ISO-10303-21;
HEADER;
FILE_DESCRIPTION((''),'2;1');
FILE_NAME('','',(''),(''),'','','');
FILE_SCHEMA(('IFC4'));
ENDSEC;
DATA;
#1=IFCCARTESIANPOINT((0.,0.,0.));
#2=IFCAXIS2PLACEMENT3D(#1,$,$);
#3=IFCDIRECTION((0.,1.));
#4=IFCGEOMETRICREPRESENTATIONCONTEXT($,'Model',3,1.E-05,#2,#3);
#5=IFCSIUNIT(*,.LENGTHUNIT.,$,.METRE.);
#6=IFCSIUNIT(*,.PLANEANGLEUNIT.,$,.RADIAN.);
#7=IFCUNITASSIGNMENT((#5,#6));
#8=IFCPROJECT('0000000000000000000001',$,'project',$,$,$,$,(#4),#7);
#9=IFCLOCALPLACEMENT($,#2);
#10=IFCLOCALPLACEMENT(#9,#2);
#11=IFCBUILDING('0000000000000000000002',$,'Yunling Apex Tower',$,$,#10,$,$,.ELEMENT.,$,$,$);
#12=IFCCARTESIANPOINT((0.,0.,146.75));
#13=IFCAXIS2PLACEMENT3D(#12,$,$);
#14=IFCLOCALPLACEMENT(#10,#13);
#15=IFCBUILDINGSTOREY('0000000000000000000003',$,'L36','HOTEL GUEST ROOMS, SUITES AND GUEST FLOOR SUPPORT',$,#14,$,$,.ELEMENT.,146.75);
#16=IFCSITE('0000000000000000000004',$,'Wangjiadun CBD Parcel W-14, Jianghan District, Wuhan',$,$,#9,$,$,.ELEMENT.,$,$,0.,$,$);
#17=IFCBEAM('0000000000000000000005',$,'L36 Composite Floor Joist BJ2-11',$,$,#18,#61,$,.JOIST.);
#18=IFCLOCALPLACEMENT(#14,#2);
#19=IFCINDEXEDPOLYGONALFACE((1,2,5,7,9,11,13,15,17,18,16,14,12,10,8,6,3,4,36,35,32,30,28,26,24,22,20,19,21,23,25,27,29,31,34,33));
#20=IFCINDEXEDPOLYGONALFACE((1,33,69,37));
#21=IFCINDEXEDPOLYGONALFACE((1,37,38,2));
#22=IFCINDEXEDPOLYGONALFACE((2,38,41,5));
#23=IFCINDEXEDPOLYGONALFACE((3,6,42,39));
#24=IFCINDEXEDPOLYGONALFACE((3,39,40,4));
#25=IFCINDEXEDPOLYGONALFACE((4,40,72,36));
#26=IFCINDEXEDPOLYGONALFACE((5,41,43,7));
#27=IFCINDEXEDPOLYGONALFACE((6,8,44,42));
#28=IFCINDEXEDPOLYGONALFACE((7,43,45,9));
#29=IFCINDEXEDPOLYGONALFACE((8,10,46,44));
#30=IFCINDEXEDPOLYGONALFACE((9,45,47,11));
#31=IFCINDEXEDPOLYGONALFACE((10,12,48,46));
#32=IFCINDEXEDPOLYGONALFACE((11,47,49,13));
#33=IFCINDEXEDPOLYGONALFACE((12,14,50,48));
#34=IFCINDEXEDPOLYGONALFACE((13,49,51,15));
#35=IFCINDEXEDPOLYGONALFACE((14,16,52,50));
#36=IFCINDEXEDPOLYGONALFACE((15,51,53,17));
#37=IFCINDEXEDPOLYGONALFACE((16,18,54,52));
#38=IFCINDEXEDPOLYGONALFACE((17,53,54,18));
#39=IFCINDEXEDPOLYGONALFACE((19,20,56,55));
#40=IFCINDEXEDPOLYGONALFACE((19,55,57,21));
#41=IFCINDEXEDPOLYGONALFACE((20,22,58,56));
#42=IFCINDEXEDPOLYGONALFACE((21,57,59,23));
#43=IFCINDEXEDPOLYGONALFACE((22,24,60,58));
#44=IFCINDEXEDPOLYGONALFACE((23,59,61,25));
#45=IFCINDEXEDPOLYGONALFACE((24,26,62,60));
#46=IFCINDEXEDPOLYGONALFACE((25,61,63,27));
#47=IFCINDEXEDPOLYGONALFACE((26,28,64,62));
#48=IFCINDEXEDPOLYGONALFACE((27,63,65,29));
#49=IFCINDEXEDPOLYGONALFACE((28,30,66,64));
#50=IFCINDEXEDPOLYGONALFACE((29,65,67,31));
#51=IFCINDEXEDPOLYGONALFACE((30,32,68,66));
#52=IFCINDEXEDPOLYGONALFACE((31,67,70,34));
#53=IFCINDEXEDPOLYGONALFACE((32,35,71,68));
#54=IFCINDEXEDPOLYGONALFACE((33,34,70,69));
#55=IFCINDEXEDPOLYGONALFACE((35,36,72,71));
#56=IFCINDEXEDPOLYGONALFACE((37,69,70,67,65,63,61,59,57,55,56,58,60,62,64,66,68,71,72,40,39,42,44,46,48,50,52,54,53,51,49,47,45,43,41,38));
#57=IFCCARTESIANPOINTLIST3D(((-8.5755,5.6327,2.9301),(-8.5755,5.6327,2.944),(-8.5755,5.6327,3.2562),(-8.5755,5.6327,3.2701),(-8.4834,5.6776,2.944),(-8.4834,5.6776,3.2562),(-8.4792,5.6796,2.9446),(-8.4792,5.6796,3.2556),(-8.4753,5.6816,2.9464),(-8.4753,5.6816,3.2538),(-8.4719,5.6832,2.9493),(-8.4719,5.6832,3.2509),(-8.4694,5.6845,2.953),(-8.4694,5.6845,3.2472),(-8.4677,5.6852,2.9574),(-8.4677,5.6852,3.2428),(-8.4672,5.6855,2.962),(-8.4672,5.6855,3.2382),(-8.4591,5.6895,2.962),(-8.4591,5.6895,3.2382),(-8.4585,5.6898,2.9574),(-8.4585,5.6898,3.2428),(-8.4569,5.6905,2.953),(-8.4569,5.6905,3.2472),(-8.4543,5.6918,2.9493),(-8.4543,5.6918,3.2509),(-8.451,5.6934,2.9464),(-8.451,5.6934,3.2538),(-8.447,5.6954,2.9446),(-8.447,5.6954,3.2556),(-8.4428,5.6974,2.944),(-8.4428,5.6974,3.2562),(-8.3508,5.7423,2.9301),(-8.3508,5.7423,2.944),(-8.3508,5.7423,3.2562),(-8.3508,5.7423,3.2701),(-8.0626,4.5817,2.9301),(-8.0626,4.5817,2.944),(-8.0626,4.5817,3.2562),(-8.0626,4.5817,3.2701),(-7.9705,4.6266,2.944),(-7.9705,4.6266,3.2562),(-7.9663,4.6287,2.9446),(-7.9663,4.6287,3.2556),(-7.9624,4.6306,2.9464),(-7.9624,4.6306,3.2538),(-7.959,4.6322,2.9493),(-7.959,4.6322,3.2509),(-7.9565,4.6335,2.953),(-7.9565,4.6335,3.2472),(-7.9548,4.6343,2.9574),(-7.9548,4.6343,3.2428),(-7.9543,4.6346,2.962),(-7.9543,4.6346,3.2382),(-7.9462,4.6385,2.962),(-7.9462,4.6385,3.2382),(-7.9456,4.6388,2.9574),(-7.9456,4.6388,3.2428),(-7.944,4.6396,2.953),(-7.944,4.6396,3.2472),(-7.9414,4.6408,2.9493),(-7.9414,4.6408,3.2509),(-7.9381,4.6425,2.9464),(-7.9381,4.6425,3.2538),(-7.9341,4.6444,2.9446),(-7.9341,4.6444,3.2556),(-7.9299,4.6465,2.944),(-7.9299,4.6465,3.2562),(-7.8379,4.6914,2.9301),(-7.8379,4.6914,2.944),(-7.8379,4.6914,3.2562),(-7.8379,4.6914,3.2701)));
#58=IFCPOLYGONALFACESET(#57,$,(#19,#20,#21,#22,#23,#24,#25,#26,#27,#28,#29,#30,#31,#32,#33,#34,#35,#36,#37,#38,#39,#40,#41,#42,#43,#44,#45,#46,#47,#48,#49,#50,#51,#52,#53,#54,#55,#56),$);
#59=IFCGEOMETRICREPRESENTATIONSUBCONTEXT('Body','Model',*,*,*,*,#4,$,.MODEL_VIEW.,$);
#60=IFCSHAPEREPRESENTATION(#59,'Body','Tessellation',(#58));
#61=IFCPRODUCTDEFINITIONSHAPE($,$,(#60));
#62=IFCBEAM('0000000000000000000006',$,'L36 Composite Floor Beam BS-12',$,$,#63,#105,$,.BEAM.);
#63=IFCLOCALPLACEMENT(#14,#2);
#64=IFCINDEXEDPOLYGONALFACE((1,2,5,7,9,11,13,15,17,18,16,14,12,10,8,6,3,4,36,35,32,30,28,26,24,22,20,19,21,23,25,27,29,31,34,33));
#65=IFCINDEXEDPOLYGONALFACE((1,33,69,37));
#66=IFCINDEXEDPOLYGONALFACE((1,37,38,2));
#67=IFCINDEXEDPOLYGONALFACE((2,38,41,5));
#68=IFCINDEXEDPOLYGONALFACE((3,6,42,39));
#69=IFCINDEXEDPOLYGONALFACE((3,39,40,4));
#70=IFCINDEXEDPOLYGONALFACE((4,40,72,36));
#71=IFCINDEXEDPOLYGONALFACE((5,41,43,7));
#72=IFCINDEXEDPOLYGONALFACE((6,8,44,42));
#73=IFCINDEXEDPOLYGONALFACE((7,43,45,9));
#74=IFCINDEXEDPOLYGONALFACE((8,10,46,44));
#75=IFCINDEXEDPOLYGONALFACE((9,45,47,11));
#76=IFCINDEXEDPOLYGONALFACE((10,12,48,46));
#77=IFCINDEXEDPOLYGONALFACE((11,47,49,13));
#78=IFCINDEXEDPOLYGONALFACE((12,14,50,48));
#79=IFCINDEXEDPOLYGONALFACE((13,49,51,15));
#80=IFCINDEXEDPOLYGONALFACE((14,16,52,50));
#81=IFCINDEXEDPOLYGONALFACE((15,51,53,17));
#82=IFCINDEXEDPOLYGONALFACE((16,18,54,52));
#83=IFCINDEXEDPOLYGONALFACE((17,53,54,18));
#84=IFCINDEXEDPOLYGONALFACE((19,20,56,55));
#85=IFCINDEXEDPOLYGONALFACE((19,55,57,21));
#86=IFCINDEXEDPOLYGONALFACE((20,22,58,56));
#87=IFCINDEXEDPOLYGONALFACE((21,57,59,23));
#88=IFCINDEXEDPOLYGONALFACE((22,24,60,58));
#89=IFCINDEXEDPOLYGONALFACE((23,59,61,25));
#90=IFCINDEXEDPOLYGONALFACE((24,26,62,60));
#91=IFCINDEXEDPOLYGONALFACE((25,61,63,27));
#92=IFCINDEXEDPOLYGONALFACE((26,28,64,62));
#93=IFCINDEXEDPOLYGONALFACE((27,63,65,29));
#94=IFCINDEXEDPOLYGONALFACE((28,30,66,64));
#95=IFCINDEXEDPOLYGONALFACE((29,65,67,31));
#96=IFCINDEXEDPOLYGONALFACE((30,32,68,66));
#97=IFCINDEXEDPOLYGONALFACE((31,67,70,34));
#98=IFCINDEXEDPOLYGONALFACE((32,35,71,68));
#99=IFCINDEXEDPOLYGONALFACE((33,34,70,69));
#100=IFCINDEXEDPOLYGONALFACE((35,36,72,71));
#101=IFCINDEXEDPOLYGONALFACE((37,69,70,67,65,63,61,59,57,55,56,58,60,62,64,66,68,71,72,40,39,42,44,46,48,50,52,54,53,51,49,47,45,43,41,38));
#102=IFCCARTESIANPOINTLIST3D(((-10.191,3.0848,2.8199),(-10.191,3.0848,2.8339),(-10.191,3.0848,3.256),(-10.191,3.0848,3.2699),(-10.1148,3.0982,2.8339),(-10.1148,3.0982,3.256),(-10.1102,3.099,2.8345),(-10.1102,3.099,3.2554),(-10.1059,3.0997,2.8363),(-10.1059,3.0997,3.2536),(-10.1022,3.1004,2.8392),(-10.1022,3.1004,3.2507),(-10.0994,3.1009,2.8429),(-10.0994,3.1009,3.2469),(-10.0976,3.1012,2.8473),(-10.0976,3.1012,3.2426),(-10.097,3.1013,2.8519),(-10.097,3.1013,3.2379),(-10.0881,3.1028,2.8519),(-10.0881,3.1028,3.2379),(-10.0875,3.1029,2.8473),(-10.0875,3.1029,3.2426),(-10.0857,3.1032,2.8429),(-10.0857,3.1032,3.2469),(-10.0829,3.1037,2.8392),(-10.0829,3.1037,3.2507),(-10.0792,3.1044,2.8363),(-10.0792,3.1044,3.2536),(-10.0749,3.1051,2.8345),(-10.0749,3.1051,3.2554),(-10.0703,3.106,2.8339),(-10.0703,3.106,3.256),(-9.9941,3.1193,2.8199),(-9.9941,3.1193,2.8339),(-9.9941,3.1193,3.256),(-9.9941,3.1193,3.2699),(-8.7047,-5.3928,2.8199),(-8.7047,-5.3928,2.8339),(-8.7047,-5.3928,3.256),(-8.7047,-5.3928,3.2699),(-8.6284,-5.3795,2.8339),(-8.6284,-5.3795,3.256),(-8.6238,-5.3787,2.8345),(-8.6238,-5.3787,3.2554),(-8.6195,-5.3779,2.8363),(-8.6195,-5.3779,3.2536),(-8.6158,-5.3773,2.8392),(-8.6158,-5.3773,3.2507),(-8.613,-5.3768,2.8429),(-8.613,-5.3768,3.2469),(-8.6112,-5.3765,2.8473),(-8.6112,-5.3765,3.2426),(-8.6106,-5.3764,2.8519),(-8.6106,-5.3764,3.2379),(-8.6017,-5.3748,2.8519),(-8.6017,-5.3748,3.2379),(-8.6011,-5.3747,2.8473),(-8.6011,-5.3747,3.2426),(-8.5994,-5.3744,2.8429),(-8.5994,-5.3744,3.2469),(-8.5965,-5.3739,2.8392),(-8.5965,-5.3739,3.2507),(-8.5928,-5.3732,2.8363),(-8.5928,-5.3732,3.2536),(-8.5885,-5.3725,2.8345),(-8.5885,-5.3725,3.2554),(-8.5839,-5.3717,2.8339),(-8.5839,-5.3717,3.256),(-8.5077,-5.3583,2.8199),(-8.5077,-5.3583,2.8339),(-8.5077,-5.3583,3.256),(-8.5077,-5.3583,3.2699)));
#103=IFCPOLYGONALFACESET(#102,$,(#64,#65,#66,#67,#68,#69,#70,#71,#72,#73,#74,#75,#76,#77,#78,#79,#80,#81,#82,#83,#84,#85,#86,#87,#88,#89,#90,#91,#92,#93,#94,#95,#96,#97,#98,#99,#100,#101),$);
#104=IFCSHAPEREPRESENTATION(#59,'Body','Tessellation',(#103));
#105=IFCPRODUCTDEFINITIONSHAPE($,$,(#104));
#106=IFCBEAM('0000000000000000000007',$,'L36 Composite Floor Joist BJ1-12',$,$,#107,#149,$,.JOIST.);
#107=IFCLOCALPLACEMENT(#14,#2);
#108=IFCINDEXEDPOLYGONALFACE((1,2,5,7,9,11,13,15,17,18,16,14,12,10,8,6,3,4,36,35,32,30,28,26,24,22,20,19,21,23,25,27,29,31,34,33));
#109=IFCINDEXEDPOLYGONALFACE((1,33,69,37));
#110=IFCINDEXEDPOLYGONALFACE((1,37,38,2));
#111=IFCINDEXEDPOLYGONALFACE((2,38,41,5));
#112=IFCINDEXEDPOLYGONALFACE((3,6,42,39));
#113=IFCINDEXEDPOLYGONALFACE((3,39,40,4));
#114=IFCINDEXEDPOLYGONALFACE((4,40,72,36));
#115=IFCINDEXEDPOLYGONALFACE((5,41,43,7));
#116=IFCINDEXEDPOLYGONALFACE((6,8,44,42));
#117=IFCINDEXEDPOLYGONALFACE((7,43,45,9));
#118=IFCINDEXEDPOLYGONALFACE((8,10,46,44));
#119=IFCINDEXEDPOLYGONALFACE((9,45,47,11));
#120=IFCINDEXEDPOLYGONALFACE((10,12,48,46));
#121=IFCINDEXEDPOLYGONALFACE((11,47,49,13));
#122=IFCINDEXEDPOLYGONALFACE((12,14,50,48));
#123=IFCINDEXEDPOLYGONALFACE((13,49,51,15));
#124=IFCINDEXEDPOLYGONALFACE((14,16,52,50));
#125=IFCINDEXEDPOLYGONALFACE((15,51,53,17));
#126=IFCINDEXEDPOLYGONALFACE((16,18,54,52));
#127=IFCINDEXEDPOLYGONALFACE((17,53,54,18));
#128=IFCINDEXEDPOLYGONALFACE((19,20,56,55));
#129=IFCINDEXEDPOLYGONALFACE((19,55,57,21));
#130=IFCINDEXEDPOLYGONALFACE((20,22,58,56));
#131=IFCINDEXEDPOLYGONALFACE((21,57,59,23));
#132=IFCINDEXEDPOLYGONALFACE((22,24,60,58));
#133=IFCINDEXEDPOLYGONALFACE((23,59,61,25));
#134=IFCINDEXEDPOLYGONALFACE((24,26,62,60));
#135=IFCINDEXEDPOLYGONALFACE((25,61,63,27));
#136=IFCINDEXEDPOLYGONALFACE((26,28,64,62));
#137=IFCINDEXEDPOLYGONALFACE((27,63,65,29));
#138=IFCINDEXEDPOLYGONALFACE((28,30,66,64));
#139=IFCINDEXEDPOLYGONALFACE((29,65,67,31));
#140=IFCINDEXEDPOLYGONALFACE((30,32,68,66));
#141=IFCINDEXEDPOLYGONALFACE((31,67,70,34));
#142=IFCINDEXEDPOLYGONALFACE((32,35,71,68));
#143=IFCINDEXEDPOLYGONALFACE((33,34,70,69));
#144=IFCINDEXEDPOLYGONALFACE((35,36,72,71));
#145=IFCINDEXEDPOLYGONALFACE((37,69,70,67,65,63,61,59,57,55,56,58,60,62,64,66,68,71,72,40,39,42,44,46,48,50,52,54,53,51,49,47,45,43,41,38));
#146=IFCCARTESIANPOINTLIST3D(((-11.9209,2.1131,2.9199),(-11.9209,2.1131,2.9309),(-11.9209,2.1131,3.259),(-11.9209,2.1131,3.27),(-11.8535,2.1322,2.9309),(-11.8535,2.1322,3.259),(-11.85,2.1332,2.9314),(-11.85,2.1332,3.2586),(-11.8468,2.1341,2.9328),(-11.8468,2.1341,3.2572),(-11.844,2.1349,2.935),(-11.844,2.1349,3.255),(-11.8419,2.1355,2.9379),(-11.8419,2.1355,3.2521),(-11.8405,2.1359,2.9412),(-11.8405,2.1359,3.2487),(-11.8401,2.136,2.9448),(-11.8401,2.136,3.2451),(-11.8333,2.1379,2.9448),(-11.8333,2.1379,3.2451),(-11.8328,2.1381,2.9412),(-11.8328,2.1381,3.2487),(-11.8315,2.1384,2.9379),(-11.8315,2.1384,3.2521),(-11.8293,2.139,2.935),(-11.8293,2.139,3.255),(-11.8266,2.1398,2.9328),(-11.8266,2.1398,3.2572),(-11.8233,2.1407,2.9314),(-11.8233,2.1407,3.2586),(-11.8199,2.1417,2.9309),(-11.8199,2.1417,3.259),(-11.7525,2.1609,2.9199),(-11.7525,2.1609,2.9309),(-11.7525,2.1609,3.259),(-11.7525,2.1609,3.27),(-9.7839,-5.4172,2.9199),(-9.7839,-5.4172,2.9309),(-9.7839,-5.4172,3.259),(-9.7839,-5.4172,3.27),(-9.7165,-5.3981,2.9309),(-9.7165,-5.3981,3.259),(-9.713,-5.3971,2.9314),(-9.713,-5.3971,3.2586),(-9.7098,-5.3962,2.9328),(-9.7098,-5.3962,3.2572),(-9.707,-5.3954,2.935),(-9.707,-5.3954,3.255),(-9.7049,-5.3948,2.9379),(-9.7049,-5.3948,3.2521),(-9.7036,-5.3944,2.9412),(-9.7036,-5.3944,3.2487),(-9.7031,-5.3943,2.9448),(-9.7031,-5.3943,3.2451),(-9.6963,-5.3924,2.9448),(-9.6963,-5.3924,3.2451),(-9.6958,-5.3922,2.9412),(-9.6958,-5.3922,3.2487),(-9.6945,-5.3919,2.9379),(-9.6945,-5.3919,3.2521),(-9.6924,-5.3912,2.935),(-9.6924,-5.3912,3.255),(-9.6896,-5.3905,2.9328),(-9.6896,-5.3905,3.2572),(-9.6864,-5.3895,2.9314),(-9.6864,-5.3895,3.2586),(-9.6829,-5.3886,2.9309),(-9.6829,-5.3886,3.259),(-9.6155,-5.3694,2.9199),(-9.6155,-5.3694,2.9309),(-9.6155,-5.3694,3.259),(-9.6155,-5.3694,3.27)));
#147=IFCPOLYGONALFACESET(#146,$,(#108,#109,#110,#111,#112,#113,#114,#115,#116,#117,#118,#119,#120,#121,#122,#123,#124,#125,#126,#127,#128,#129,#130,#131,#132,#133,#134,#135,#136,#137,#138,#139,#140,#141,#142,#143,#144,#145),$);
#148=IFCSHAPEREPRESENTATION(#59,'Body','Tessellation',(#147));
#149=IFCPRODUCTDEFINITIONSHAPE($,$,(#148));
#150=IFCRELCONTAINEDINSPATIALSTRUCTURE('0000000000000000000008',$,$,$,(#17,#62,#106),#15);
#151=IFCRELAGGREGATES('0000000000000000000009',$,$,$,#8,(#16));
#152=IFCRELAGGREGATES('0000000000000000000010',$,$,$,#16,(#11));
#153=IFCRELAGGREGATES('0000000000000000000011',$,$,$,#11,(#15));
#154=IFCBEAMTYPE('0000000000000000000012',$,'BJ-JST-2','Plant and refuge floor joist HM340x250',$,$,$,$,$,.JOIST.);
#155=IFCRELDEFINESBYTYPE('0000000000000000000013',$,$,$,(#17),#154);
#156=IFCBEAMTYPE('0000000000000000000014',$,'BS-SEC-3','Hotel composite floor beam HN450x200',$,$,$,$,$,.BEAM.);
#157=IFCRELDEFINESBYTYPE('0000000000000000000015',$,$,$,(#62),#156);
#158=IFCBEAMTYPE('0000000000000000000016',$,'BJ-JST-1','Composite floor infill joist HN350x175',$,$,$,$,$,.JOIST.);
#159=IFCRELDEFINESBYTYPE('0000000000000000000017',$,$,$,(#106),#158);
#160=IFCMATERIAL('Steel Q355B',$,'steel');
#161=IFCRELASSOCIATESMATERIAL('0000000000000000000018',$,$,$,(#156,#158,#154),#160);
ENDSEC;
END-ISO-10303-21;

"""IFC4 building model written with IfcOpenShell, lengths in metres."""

from ifc_helpers import new_model, si_unit, direction, frame, origin, origin_2d, place, context, subcontext, project, spatial, i_section, extrude, source, transform, mapped, material, material_profile, profile_set, type_object, element, save


model = new_model("IFC4")

# Units and contexts
model_context = context("Model", 3, precision=1e-05, world=origin(), true_north=direction((0.0, 1.0)))
body_context = subcontext(model_context, "Body", "Model", "MODEL_VIEW")
ifc_project = project(units=[si_unit("LENGTHUNIT", "METRE"), si_unit("PLANEANGLEUNIT", "RADIAN")], contexts=[model_context])

# Site, building, storey
site_placement = place(None, origin())
site = spatial("IfcSite", under=ifc_project, at=site_placement, Name="Wangjiadun CBD Parcel W-14, Jianghan District, Wuhan", CompositionType="ELEMENT", RefElevation=0.0)
building_placement = place(site_placement, origin())
building = spatial("IfcBuilding", under=site, at=building_placement, Name="Yunling Apex Tower", CompositionType="ELEMENT")
storey_placement = place(building_placement, frame((0.0, 0.0, 146.75)))
storey = spatial("IfcBuildingStorey", under=building, at=storey_placement, Name="L36", Description="HOTEL GUEST ROOMS, SUITES AND GUEST FLOOR SUPPORT", CompositionType="ELEMENT", Elevation=146.75)

# Beams
ifc_material_1 = material(Name="Steel Q355B", Category="steel")
ifc_material_profile_1 = material_profile(ifc_material_1, i_section(OverallWidth=0.2, OverallDepth=0.45, WebThickness=0.009, FlangeThickness=0.0139, FilletRadius=0.0181, at=origin_2d()))
ifc_profile_set_1 = profile_set([ifc_material_profile_1], Name="Steel Q355B")
beam_type_1 = type_object("IfcBeamType", Name="BS-SEC-3", Description="Hotel composite floor beam HN450x200", PredefinedType="BEAM", material=ifc_profile_set_1)
ifc_material_profile_2 = material_profile(ifc_material_1, i_section(OverallWidth=0.175, OverallDepth=0.3501, WebThickness=0.0071, FlangeThickness=0.011, FilletRadius=0.0139, at=origin_2d()))
ifc_profile_set_2 = profile_set([ifc_material_profile_2], Name="Steel Q355B")
beam_type_2 = type_object("IfcBeamType", Name="BJ-JST-1", Description="Composite floor infill joist HN350x175", PredefinedType="JOIST", material=ifc_profile_set_2)
ifc_material_profile_3 = material_profile(ifc_material_1, i_section(OverallWidth=0.25, OverallDepth=0.3401, WebThickness=0.009, FlangeThickness=0.0139, FilletRadius=0.0181, at=origin_2d()))
ifc_profile_set_3 = profile_set([ifc_material_profile_3], Name="Steel Q355B")
beam_type_3 = type_object("IfcBeamType", Name="BJ-JST-2", Description="Plant and refuge floor joist HM340x250", PredefinedType="JOIST", material=ifc_profile_set_3)
shared_shape_1 = source(origin(), body_context, "Body", "SweptSolid", [
    extrude(i_section(OverallWidth=0.25, OverallDepth=0.3401, WebThickness=0.009, FlangeThickness=0.0139, FilletRadius=0.0181, at=origin_2d()), origin(), (0.0, 0.0, 1.0), 1.1694),
])
beam_1_placement = place(storey_placement, frame((-8.4631, 5.6875, 3.1001), z_axis=(0.438592, -0.898686, 0.0), x_axis=(0.898686, 0.438592, 0.0)))
element("IfcBeam", 1, at=beam_1_placement, inside=storey, type_object=beam_type_3, Name="L36 Composite Floor Joist BJ2-11", PredefinedType="JOIST", context=body_context, shape_type="MappedRepresentation", body=[
    mapped(shared_shape_1, transform((0.0, 0.0, 0.0), scale=1.0)),
])
shared_shape_2 = source(origin(), body_context, "Body", "SweptSolid", [
    extrude(i_section(OverallWidth=0.2, OverallDepth=0.45, WebThickness=0.009, FlangeThickness=0.0139, FilletRadius=0.0181, at=origin_2d()), origin(), (0.0, 0.0, 1.0), 8.6069),
])
beam_2_placement = place(storey_placement, frame((-10.0925, 3.1021, 3.0449), z_axis=(0.172691, -0.984976, 0.0), x_axis=(0.984976, 0.172691, 0.0)))
element("IfcBeam", 2, at=beam_2_placement, inside=storey, type_object=beam_type_1, Name="L36 Composite Floor Beam BS-12", PredefinedType="BEAM", context=body_context, shape_type="MappedRepresentation", body=[
    mapped(shared_shape_2, transform((0.0, 0.0, 0.0), scale=1.0)),
])
shared_shape_3 = source(origin(), body_context, "Body", "SweptSolid", [
    extrude(i_section(OverallWidth=0.175, OverallDepth=0.3501, WebThickness=0.0071, FlangeThickness=0.011, FilletRadius=0.0139, at=origin_2d()), origin(), (0.0, 0.0, 1.0), 7.8276),
])
beam_3_placement = place(storey_placement, frame((-11.8367, 2.137, 3.095), z_axis=(0.273003, -0.962013, 0.0), x_axis=(0.962013, 0.273003, 0.0)))
element("IfcBeam", 3, at=beam_3_placement, inside=storey, type_object=beam_type_2, Name="L36 Composite Floor Joist BJ1-12", PredefinedType="JOIST", context=body_context, shape_type="MappedRepresentation", body=[
    mapped(shared_shape_3, transform((0.0, 0.0, 0.0), scale=1.0)),
])

save(model, "model.ifc")
